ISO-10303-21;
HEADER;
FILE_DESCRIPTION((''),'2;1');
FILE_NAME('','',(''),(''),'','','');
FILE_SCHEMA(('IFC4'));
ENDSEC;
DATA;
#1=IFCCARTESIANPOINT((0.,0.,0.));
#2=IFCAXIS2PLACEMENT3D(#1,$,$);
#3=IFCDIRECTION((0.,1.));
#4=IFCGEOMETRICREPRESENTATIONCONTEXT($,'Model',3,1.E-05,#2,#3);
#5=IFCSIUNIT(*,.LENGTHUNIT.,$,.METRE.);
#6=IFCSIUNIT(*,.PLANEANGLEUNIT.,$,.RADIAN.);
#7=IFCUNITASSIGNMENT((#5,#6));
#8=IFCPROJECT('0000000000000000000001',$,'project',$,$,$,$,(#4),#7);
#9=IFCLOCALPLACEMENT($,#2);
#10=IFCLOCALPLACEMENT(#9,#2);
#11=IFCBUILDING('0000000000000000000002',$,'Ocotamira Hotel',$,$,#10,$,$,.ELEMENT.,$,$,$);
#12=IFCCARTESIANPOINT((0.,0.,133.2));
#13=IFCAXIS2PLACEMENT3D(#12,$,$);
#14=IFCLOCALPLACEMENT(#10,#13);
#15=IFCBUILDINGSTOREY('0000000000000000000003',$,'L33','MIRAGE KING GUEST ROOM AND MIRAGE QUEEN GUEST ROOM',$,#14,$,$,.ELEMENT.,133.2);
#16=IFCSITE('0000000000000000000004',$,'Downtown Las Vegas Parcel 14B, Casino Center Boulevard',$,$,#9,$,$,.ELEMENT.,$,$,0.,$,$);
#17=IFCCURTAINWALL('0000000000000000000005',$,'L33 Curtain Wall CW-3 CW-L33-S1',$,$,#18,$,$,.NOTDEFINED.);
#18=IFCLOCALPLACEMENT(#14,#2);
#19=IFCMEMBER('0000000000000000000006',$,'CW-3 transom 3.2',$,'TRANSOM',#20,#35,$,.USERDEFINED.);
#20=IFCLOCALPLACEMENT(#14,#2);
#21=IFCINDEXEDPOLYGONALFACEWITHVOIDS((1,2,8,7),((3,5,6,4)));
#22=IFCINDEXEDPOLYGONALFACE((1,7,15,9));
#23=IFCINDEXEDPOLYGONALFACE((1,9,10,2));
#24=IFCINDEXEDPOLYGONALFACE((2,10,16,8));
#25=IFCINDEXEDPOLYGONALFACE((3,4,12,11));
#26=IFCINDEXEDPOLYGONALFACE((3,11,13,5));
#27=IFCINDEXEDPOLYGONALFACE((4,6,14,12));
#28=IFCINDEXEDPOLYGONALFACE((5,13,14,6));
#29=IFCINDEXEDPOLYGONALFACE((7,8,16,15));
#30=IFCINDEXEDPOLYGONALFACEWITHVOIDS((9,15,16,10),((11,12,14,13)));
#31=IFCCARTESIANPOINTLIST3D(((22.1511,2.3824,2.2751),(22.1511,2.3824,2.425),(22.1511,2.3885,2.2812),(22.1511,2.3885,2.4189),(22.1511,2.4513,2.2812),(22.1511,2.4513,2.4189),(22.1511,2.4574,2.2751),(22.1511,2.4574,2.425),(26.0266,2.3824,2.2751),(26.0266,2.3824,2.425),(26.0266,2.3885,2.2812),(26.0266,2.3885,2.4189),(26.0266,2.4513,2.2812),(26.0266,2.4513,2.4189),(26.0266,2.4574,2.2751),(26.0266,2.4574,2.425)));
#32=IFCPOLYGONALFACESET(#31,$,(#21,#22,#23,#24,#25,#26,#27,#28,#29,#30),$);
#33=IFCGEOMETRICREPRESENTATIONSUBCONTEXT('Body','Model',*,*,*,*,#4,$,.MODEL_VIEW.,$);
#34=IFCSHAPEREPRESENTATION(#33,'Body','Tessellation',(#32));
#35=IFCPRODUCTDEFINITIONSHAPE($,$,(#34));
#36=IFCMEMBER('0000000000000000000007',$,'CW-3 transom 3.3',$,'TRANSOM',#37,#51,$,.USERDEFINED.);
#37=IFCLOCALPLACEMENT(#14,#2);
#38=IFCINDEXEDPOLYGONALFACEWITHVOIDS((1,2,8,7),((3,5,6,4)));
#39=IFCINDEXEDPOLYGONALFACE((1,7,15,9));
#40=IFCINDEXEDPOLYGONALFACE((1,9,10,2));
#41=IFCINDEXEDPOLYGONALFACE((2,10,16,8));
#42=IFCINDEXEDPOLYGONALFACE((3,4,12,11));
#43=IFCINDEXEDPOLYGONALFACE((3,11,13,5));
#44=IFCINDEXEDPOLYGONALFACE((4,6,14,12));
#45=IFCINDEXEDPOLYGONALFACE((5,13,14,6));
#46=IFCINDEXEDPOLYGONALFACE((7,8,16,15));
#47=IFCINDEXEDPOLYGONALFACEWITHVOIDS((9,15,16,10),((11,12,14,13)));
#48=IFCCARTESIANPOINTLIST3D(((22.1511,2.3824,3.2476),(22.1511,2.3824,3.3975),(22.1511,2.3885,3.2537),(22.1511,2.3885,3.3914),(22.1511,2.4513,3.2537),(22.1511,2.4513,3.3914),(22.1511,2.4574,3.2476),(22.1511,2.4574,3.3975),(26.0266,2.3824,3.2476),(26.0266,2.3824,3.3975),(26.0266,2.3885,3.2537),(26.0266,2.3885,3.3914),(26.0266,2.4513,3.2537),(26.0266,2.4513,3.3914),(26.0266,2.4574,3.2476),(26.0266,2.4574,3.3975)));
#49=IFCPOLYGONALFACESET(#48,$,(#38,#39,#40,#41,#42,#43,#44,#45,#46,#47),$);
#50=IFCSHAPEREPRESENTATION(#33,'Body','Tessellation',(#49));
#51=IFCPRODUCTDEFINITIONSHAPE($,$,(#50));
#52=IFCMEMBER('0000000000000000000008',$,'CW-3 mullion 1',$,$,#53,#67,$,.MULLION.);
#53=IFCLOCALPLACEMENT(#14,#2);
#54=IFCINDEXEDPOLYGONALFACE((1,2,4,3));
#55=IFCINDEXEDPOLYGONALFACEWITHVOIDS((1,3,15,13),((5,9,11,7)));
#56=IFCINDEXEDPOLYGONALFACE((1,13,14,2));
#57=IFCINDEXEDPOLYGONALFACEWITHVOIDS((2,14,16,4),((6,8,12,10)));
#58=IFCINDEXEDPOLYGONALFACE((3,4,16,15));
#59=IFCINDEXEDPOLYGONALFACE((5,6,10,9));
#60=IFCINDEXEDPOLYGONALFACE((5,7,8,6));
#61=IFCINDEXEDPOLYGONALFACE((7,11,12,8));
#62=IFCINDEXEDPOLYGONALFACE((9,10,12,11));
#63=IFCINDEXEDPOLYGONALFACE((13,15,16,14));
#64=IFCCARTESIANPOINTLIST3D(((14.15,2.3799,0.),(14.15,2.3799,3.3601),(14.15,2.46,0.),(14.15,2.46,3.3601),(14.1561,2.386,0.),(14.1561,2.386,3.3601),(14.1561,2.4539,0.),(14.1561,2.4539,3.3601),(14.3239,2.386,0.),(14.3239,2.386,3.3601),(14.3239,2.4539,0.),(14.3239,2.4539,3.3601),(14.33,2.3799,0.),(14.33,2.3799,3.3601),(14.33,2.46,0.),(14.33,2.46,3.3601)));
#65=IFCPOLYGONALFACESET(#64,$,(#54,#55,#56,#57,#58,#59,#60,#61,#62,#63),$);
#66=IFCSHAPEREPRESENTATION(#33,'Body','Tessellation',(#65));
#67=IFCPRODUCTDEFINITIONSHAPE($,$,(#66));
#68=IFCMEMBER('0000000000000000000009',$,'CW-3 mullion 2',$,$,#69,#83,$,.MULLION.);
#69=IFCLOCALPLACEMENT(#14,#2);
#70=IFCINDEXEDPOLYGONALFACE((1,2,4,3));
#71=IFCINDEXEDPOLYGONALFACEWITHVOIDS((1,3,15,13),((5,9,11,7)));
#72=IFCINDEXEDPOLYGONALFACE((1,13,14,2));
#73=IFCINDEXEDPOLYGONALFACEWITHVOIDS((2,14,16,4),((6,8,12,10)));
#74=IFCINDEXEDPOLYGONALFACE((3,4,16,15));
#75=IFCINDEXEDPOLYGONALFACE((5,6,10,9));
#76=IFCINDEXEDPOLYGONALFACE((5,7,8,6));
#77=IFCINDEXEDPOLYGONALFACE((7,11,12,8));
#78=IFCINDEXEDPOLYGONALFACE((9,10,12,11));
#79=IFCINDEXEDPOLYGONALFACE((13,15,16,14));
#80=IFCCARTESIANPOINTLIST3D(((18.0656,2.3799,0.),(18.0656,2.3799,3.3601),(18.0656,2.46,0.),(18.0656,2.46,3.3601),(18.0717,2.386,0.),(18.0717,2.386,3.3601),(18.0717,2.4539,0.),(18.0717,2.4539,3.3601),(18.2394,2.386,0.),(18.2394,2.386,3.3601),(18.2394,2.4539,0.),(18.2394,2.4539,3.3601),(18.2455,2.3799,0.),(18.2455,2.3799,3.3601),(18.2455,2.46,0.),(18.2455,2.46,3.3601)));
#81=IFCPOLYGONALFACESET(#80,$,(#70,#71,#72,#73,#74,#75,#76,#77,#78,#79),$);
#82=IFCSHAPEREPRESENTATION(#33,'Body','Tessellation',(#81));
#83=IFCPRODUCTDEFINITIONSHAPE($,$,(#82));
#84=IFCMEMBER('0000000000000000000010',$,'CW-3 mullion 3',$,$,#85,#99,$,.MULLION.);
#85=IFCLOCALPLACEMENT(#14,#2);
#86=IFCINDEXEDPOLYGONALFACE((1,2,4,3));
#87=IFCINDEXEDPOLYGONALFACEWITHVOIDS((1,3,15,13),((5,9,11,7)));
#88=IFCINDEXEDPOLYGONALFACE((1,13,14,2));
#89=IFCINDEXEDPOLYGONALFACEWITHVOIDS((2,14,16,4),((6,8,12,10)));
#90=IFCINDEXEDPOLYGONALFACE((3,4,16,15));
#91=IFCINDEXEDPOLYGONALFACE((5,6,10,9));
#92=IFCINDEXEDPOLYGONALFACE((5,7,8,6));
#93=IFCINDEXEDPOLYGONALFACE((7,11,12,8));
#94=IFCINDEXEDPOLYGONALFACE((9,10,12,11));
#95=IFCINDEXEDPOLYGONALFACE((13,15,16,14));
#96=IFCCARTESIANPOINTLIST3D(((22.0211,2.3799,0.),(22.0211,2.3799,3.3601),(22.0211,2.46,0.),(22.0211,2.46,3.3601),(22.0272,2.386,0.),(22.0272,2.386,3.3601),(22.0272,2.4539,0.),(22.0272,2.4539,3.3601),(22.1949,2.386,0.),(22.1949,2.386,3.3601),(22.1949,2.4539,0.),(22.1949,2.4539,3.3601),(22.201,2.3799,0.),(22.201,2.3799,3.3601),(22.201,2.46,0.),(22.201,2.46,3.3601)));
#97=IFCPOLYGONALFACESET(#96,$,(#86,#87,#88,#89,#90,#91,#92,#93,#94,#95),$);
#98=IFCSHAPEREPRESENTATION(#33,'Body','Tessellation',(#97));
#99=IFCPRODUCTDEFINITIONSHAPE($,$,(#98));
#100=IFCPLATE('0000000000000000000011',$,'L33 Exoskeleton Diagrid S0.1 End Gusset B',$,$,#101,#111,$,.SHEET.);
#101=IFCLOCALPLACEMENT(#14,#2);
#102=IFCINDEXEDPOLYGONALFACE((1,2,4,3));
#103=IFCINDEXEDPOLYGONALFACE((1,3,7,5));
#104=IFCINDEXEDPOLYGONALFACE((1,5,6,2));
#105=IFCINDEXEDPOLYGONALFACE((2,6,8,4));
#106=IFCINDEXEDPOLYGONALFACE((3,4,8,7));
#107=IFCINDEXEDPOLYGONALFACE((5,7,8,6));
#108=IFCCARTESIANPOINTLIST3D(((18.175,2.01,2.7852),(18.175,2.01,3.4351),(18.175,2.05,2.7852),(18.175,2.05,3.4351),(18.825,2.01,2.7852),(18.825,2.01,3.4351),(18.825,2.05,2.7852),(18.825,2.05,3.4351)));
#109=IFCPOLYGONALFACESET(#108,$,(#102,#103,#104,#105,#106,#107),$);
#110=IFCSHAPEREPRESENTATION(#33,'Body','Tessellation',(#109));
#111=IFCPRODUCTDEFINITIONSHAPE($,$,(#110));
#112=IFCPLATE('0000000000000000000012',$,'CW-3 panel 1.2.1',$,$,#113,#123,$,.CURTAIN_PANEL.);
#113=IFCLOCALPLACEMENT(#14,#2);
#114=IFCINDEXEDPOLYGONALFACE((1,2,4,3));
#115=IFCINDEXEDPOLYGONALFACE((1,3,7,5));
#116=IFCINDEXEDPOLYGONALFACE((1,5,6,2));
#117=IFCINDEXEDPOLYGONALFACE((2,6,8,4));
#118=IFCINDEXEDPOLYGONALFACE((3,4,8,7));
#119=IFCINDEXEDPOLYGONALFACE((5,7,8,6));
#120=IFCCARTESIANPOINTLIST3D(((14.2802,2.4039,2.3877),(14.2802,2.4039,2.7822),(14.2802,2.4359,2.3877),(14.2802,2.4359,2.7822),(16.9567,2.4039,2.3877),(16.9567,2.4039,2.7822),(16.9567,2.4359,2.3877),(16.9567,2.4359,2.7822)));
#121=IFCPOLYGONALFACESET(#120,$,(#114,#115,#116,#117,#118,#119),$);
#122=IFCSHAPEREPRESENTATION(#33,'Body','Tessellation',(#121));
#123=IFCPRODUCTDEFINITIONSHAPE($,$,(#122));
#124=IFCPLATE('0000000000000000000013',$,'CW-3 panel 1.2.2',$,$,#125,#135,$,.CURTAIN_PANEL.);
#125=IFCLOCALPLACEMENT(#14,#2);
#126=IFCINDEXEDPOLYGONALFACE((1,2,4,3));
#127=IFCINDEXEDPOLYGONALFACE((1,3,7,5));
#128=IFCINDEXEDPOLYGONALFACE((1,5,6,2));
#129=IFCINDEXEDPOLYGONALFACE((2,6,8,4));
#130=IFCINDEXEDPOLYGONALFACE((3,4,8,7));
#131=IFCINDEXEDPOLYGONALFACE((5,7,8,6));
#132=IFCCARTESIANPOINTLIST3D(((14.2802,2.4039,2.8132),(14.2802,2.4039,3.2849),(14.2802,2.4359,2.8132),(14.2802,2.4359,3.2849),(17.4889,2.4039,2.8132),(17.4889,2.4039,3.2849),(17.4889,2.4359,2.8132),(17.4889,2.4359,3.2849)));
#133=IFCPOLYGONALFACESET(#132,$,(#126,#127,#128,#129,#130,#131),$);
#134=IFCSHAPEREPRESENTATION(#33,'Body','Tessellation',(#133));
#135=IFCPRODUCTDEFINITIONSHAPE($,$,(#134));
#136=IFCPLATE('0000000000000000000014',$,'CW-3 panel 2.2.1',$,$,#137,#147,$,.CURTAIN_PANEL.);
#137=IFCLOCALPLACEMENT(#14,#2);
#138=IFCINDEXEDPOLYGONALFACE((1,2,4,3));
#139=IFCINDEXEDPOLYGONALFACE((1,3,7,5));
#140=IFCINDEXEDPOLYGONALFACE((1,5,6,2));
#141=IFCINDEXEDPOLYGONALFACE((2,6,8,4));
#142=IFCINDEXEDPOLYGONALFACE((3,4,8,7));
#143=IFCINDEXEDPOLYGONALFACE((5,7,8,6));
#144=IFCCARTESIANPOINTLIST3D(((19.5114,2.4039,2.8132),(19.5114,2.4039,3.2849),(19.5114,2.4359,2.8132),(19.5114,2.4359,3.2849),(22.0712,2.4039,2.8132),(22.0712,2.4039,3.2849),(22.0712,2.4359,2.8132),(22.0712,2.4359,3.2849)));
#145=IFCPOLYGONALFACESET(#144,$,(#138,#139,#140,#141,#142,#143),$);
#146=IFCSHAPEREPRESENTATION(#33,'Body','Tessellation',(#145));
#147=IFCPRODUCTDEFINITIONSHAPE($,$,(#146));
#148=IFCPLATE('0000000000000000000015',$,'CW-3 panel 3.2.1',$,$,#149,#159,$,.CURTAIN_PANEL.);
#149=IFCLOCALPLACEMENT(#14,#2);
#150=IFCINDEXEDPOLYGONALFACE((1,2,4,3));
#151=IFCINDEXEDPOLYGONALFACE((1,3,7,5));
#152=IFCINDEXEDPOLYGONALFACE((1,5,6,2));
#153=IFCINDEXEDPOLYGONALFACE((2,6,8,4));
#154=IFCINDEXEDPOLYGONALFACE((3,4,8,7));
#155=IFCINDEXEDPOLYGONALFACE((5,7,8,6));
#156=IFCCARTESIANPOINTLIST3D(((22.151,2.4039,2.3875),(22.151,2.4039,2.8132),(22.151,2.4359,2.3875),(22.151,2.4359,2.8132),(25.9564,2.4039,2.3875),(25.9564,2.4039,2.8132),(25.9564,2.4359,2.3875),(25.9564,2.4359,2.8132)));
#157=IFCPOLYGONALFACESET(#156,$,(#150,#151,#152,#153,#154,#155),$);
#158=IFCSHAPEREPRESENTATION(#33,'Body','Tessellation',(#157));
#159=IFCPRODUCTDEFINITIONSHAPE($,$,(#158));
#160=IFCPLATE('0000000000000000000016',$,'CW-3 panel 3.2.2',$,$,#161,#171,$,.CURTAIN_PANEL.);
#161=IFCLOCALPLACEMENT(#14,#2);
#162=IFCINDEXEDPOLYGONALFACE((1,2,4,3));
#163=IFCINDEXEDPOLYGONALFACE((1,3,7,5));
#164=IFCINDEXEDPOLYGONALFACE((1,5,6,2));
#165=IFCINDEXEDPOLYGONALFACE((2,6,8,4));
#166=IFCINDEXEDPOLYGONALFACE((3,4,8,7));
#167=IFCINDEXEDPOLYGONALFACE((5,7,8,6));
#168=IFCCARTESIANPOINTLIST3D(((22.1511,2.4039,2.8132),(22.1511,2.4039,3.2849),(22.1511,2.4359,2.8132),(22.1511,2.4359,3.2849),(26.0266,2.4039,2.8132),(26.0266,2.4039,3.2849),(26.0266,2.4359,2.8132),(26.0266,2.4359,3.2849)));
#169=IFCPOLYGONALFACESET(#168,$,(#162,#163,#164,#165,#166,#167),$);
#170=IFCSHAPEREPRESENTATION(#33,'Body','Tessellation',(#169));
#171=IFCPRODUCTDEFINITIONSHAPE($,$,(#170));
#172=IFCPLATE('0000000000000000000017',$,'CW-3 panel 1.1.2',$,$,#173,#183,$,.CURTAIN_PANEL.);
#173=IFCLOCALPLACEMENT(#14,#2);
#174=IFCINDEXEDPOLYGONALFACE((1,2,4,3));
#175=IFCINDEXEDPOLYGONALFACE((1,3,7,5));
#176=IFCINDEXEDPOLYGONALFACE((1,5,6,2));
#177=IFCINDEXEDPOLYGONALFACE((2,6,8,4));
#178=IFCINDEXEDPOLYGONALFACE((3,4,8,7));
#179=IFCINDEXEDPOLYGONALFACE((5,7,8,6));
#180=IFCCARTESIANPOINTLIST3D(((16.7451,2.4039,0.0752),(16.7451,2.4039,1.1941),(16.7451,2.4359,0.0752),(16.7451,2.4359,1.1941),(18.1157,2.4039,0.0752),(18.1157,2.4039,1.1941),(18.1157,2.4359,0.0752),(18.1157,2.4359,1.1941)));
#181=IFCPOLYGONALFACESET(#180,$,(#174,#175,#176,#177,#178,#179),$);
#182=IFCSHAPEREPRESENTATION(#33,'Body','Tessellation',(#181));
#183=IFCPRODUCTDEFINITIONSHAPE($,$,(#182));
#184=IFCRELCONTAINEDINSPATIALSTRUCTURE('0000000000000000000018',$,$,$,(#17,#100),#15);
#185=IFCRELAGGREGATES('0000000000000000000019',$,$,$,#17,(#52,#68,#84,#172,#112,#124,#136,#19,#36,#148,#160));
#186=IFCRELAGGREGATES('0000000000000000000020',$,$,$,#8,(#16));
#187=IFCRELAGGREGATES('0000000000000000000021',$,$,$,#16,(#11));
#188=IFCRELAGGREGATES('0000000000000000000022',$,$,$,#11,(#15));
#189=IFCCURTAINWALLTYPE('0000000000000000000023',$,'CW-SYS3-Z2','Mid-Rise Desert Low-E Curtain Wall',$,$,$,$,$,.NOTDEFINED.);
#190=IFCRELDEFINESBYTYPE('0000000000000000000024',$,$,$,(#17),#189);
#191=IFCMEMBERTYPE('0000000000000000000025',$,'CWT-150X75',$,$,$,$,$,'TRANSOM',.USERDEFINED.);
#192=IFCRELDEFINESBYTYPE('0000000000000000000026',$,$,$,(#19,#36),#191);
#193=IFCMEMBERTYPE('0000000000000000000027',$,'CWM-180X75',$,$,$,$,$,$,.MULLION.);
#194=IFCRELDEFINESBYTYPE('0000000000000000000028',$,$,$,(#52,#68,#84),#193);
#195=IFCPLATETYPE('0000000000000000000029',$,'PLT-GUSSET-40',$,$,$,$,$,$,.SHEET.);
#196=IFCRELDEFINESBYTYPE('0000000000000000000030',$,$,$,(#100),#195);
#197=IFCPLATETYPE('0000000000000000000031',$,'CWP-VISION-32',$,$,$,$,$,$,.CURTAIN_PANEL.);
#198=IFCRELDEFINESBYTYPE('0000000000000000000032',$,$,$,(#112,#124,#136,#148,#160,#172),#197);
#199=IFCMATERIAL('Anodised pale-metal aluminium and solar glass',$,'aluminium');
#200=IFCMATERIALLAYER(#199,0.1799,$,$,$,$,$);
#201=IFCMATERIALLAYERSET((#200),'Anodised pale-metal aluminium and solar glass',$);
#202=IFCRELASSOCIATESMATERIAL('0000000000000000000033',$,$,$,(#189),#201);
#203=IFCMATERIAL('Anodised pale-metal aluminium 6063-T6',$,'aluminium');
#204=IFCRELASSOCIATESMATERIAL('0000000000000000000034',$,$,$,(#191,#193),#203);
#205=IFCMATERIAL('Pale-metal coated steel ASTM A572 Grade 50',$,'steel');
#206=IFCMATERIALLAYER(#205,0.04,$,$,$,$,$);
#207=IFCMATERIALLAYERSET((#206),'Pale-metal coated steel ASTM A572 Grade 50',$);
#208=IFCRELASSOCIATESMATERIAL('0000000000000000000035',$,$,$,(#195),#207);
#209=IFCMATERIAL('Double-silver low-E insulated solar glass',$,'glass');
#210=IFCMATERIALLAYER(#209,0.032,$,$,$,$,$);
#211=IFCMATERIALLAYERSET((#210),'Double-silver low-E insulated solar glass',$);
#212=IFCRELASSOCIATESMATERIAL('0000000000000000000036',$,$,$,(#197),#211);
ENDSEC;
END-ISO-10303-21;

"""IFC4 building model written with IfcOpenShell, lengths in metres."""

from ifc_helpers import new_model, si_unit, direction, frame, origin, origin_2d, place, context, subcontext, project, spatial, rectangle, hollow_rectangle, extrude, source, transform, mapped, material, layer, layer_set, material_profile, profile_set, type_object, element, aggregate, save


model = new_model("IFC4")

# Units and contexts
model_context = context("Model", 3, precision=1e-05, world=origin(), true_north=direction((0.0, 1.0)))
body_context = subcontext(model_context, "Body", "Model", "MODEL_VIEW")
ifc_project = project(units=[si_unit("LENGTHUNIT", "METRE"), si_unit("PLANEANGLEUNIT", "RADIAN")], contexts=[model_context])

# Site, building, storey
site_placement = place(None, origin())
site = spatial("IfcSite", under=ifc_project, at=site_placement, Name="Downtown Las Vegas Parcel 14B, Casino Center Boulevard", CompositionType="ELEMENT", RefElevation=0.0)
building_placement = place(site_placement, origin())
building = spatial("IfcBuilding", under=site, at=building_placement, Name="Ocotamira Hotel", CompositionType="ELEMENT")
storey_placement = place(building_placement, frame((0.0, 0.0, 133.2)))
storey = spatial("IfcBuildingStorey", under=building, at=storey_placement, Name="L33", Description="MIRAGE KING GUEST ROOM AND MIRAGE QUEEN GUEST ROOM", CompositionType="ELEMENT", Elevation=133.2)

# Curtain wall, members
ifc_material_1 = material(Name="Anodised pale-metal aluminium and solar glass", Category="aluminium")
ifc_layer_1 = layer(ifc_material_1, 0.1799)
ifc_layer_set_1 = layer_set([ifc_layer_1], Name="Anodised pale-metal aluminium and solar glass")
curtain_wall_type = type_object("IfcCurtainWallType", Name="CW-SYS3-Z2", Description="Mid-Rise Desert Low-E Curtain Wall", PredefinedType="NOTDEFINED", material=ifc_layer_set_1)
curtain_wall_placement = place(storey_placement, origin())
curtain_wall = element("IfcCurtainWall", 1, at=curtain_wall_placement, inside=storey, type_object=curtain_wall_type, Name="L33 Curtain Wall CW-3 CW-L33-S1", PredefinedType="NOTDEFINED")
ifc_material_2 = material(Name="Anodised pale-metal aluminium 6063-T6", Category="aluminium")
ifc_material_profile_1 = material_profile(ifc_material_2, hollow_rectangle(XDim=0.075, YDim=0.1499, WallThickness=0.0061, at=origin_2d()), Name="HSS150X75X6")
ifc_profile_set_1 = profile_set([ifc_material_profile_1], Name="Anodised pale-metal aluminium 6063-T6")
member_type_1 = type_object("IfcMemberType", Name="CWT-150X75", ElementType="TRANSOM", PredefinedType="USERDEFINED", material=ifc_profile_set_1)
shared_shape_1 = source(origin(), body_context, "Body", "SweptSolid", [
    extrude(hollow_rectangle(XDim=0.075, YDim=0.1499, WallThickness=0.0061, at=origin_2d()), origin(), (0.0, 0.0, 1.0), 3.8755),
])
member_1_placement = place(storey_placement, frame((22.1511, 2.4199, 2.3501), z_axis=(1.0, 0.0, 0.0), x_axis=(0.0, 1.0, 0.0)))
member_1 = element("IfcMember", 2, at=member_1_placement, type_object=member_type_1, Name="CW-3 transom 3.2", ObjectType="TRANSOM", PredefinedType="USERDEFINED", context=body_context, shape_type="MappedRepresentation", body=[
    mapped(shared_shape_1, transform((0.0, 0.0, 0.0), scale=1.0)),
])
member_2_placement = place(storey_placement, frame((22.1511, 2.4199, 3.3225), z_axis=(1.0, 0.0, 0.0), x_axis=(0.0, 1.0, 0.0)))
member_2 = element("IfcMember", 3, at=member_2_placement, type_object=member_type_1, Name="CW-3 transom 3.3", ObjectType="TRANSOM", PredefinedType="USERDEFINED", context=body_context, shape_type="MappedRepresentation", body=[
    mapped(shared_shape_1, transform((0.0, 0.0, 0.0), scale=1.0)),
])
ifc_material_profile_2 = material_profile(ifc_material_2, hollow_rectangle(XDim=0.0801, YDim=0.1799, WallThickness=0.0061, at=origin_2d()), Name="HSS180X80X6")
ifc_profile_set_2 = profile_set([ifc_material_profile_2], Name="Anodised pale-metal aluminium 6063-T6")
member_type_2 = type_object("IfcMemberType", Name="CWM-180X75", PredefinedType="MULLION", material=ifc_profile_set_2)
shared_shape_2 = source(origin(), body_context, "Body", "SweptSolid", [
    extrude(hollow_rectangle(XDim=0.0801, YDim=0.1799, WallThickness=0.0061, at=origin_2d()), origin(), (0.0, 0.0, 1.0), 3.3601),
])
member_3_placement = place(storey_placement, frame((14.24, 2.4199, 0.0), z_axis=(0.0, 0.0, 1.0), x_axis=(0.0, 1.0, 0.0)))
member_3 = element("IfcMember", 4, at=member_3_placement, type_object=member_type_2, Name="CW-3 mullion 1", PredefinedType="MULLION", context=body_context, shape_type="MappedRepresentation", body=[
    mapped(shared_shape_2, transform((0.0, 0.0, 0.0), scale=1.0)),
])
member_4_placement = place(storey_placement, frame((18.1555, 2.4199, 0.0), z_axis=(0.0, 0.0, 1.0), x_axis=(0.0, 1.0, 0.0)))
member_4 = element("IfcMember", 5, at=member_4_placement, type_object=member_type_2, Name="CW-3 mullion 2", PredefinedType="MULLION", context=body_context, shape_type="MappedRepresentation", body=[
    mapped(shared_shape_2, transform((0.0, 0.0, 0.0), scale=1.0)),
])
member_5_placement = place(storey_placement, frame((22.1111, 2.4199, 0.0), z_axis=(0.0, 0.0, 1.0), x_axis=(0.0, 1.0, 0.0)))
member_5 = element("IfcMember", 6, at=member_5_placement, type_object=member_type_2, Name="CW-3 mullion 3", PredefinedType="MULLION", context=body_context, shape_type="MappedRepresentation", body=[
    mapped(shared_shape_2, transform((0.0, 0.0, 0.0), scale=1.0)),
])

# Plates
ifc_material_3 = material(Name="Pale-metal coated steel ASTM A572 Grade 50", Category="steel")
ifc_layer_2 = layer(ifc_material_3, 0.04)
ifc_layer_set_2 = layer_set([ifc_layer_2], Name="Pale-metal coated steel ASTM A572 Grade 50")
plate_type_1 = type_object("IfcPlateType", Name="PLT-GUSSET-40", PredefinedType="SHEET", material=ifc_layer_set_2)
shared_shape_3 = source(origin(), body_context, "Body", "SweptSolid", [
    extrude(rectangle(XDim=0.6499, YDim=0.04, at=origin_2d()), origin(), (0.0, 0.0, 1.0), 0.6499),
])
plate_1_placement = place(storey_placement, frame((18.5, 2.03, 2.7852), z_axis=(0.0, 0.0, 1.0), x_axis=(1.0, 0.0, 0.0)))
element("IfcPlate", 7, at=plate_1_placement, inside=storey, type_object=plate_type_1, Name="L33 Exoskeleton Diagrid S0.1 End Gusset B", PredefinedType="SHEET", context=body_context, shape_type="MappedRepresentation", body=[
    mapped(shared_shape_3, transform((0.0, 0.0, 0.0), scale=1.0)),
])
ifc_material_4 = material(Name="Double-silver low-E insulated solar glass", Category="glass")
ifc_layer_3 = layer(ifc_material_4, 0.032)
ifc_layer_set_3 = layer_set([ifc_layer_3], Name="Double-silver low-E insulated solar glass")
plate_type_2 = type_object("IfcPlateType", Name="CWP-VISION-32", PredefinedType="CURTAIN_PANEL", material=ifc_layer_set_3)
shared_shape_4 = source(origin(), body_context, "Body", "SweptSolid", [
    extrude(rectangle(XDim=2.6765, YDim=0.032, at=origin_2d()), origin(), (0.0, 0.0, 1.0), 0.3945),
])
plate_2_placement = place(storey_placement, frame((15.6184, 2.4199, 2.3877), z_axis=(0.0, 0.0, 1.0), x_axis=(1.0, 0.0, 0.0)))
plate_2 = element("IfcPlate", 8, at=plate_2_placement, type_object=plate_type_2, Name="CW-3 panel 1.2.1", PredefinedType="CURTAIN_PANEL", context=body_context, shape_type="MappedRepresentation", body=[
    mapped(shared_shape_4, transform((0.0, 0.0, 0.0), scale=1.0)),
])
shared_shape_5 = source(origin(), body_context, "Body", "SweptSolid", [
    extrude(rectangle(XDim=3.2087, YDim=0.032, at=origin_2d()), origin(), (0.0, 0.0, 1.0), 0.4717),
])
plate_3_placement = place(storey_placement, frame((15.8845, 2.4199, 2.8132), z_axis=(0.0, 0.0, 1.0), x_axis=(1.0, 0.0, 0.0)))
plate_3 = element("IfcPlate", 9, at=plate_3_placement, type_object=plate_type_2, Name="CW-3 panel 1.2.2", PredefinedType="CURTAIN_PANEL", context=body_context, shape_type="MappedRepresentation", body=[
    mapped(shared_shape_5, transform((0.0, 0.0, 0.0), scale=1.0)),
])
shared_shape_6 = source(origin(), body_context, "Body", "SweptSolid", [
    extrude(rectangle(XDim=2.5598, YDim=0.032, at=origin_2d()), origin(), (0.0, 0.0, 1.0), 0.4717),
])
plate_4_placement = place(storey_placement, frame((20.7913, 2.4199, 2.8132), z_axis=(0.0, 0.0, 1.0), x_axis=(1.0, 0.0, 0.0)))
plate_4 = element("IfcPlate", 10, at=plate_4_placement, type_object=plate_type_2, Name="CW-3 panel 2.2.1", PredefinedType="CURTAIN_PANEL", context=body_context, shape_type="MappedRepresentation", body=[
    mapped(shared_shape_6, transform((0.0, 0.0, 0.0), scale=1.0)),
])
shared_shape_7 = source(origin(), body_context, "Body", "SweptSolid", [
    extrude(rectangle(XDim=3.8054, YDim=0.032, at=origin_2d()), origin(), (0.0, 0.0, 1.0), 0.4258),
])
plate_5_placement = place(storey_placement, frame((24.0537, 2.4199, 2.3875), z_axis=(0.0, 0.0, 1.0), x_axis=(1.0, 0.0, 0.0)))
plate_5 = element("IfcPlate", 11, at=plate_5_placement, type_object=plate_type_2, Name="CW-3 panel 3.2.1", PredefinedType="CURTAIN_PANEL", context=body_context, shape_type="MappedRepresentation", body=[
    mapped(shared_shape_7, transform((0.0, 0.0, 0.0), scale=1.0)),
])
shared_shape_8 = source(origin(), body_context, "Body", "SweptSolid", [
    extrude(rectangle(XDim=3.8755, YDim=0.032, at=origin_2d()), origin(), (0.0, 0.0, 1.0), 0.4717),
])
plate_6_placement = place(storey_placement, frame((24.0889, 2.4199, 2.8132), z_axis=(0.0, 0.0, 1.0), x_axis=(1.0, 0.0, 0.0)))
plate_6 = element("IfcPlate", 12, at=plate_6_placement, type_object=plate_type_2, Name="CW-3 panel 3.2.2", PredefinedType="CURTAIN_PANEL", context=body_context, shape_type="MappedRepresentation", body=[
    mapped(shared_shape_8, transform((0.0, 0.0, 0.0), scale=1.0)),
])
shared_shape_9 = source(origin(), body_context, "Body", "SweptSolid", [
    extrude(rectangle(XDim=1.3706, YDim=0.032, at=origin_2d()), origin(), (0.0, 0.0, 1.0), 1.1189),
])
plate_7_placement = place(storey_placement, frame((17.4304, 2.4199, 0.0752), z_axis=(0.0, 0.0, 1.0), x_axis=(1.0, 0.0, 0.0)))
plate_7 = element("IfcPlate", 13, at=plate_7_placement, type_object=plate_type_2, Name="CW-3 panel 1.1.2", PredefinedType="CURTAIN_PANEL", context=body_context, shape_type="MappedRepresentation", body=[
    mapped(shared_shape_9, transform((0.0, 0.0, 0.0), scale=1.0)),
])
aggregate(curtain_wall, [member_3, member_4, member_5, plate_7, plate_2, plate_3, plate_4, member_1, member_2, plate_5, plate_6])

save(model, "model.ifc")
